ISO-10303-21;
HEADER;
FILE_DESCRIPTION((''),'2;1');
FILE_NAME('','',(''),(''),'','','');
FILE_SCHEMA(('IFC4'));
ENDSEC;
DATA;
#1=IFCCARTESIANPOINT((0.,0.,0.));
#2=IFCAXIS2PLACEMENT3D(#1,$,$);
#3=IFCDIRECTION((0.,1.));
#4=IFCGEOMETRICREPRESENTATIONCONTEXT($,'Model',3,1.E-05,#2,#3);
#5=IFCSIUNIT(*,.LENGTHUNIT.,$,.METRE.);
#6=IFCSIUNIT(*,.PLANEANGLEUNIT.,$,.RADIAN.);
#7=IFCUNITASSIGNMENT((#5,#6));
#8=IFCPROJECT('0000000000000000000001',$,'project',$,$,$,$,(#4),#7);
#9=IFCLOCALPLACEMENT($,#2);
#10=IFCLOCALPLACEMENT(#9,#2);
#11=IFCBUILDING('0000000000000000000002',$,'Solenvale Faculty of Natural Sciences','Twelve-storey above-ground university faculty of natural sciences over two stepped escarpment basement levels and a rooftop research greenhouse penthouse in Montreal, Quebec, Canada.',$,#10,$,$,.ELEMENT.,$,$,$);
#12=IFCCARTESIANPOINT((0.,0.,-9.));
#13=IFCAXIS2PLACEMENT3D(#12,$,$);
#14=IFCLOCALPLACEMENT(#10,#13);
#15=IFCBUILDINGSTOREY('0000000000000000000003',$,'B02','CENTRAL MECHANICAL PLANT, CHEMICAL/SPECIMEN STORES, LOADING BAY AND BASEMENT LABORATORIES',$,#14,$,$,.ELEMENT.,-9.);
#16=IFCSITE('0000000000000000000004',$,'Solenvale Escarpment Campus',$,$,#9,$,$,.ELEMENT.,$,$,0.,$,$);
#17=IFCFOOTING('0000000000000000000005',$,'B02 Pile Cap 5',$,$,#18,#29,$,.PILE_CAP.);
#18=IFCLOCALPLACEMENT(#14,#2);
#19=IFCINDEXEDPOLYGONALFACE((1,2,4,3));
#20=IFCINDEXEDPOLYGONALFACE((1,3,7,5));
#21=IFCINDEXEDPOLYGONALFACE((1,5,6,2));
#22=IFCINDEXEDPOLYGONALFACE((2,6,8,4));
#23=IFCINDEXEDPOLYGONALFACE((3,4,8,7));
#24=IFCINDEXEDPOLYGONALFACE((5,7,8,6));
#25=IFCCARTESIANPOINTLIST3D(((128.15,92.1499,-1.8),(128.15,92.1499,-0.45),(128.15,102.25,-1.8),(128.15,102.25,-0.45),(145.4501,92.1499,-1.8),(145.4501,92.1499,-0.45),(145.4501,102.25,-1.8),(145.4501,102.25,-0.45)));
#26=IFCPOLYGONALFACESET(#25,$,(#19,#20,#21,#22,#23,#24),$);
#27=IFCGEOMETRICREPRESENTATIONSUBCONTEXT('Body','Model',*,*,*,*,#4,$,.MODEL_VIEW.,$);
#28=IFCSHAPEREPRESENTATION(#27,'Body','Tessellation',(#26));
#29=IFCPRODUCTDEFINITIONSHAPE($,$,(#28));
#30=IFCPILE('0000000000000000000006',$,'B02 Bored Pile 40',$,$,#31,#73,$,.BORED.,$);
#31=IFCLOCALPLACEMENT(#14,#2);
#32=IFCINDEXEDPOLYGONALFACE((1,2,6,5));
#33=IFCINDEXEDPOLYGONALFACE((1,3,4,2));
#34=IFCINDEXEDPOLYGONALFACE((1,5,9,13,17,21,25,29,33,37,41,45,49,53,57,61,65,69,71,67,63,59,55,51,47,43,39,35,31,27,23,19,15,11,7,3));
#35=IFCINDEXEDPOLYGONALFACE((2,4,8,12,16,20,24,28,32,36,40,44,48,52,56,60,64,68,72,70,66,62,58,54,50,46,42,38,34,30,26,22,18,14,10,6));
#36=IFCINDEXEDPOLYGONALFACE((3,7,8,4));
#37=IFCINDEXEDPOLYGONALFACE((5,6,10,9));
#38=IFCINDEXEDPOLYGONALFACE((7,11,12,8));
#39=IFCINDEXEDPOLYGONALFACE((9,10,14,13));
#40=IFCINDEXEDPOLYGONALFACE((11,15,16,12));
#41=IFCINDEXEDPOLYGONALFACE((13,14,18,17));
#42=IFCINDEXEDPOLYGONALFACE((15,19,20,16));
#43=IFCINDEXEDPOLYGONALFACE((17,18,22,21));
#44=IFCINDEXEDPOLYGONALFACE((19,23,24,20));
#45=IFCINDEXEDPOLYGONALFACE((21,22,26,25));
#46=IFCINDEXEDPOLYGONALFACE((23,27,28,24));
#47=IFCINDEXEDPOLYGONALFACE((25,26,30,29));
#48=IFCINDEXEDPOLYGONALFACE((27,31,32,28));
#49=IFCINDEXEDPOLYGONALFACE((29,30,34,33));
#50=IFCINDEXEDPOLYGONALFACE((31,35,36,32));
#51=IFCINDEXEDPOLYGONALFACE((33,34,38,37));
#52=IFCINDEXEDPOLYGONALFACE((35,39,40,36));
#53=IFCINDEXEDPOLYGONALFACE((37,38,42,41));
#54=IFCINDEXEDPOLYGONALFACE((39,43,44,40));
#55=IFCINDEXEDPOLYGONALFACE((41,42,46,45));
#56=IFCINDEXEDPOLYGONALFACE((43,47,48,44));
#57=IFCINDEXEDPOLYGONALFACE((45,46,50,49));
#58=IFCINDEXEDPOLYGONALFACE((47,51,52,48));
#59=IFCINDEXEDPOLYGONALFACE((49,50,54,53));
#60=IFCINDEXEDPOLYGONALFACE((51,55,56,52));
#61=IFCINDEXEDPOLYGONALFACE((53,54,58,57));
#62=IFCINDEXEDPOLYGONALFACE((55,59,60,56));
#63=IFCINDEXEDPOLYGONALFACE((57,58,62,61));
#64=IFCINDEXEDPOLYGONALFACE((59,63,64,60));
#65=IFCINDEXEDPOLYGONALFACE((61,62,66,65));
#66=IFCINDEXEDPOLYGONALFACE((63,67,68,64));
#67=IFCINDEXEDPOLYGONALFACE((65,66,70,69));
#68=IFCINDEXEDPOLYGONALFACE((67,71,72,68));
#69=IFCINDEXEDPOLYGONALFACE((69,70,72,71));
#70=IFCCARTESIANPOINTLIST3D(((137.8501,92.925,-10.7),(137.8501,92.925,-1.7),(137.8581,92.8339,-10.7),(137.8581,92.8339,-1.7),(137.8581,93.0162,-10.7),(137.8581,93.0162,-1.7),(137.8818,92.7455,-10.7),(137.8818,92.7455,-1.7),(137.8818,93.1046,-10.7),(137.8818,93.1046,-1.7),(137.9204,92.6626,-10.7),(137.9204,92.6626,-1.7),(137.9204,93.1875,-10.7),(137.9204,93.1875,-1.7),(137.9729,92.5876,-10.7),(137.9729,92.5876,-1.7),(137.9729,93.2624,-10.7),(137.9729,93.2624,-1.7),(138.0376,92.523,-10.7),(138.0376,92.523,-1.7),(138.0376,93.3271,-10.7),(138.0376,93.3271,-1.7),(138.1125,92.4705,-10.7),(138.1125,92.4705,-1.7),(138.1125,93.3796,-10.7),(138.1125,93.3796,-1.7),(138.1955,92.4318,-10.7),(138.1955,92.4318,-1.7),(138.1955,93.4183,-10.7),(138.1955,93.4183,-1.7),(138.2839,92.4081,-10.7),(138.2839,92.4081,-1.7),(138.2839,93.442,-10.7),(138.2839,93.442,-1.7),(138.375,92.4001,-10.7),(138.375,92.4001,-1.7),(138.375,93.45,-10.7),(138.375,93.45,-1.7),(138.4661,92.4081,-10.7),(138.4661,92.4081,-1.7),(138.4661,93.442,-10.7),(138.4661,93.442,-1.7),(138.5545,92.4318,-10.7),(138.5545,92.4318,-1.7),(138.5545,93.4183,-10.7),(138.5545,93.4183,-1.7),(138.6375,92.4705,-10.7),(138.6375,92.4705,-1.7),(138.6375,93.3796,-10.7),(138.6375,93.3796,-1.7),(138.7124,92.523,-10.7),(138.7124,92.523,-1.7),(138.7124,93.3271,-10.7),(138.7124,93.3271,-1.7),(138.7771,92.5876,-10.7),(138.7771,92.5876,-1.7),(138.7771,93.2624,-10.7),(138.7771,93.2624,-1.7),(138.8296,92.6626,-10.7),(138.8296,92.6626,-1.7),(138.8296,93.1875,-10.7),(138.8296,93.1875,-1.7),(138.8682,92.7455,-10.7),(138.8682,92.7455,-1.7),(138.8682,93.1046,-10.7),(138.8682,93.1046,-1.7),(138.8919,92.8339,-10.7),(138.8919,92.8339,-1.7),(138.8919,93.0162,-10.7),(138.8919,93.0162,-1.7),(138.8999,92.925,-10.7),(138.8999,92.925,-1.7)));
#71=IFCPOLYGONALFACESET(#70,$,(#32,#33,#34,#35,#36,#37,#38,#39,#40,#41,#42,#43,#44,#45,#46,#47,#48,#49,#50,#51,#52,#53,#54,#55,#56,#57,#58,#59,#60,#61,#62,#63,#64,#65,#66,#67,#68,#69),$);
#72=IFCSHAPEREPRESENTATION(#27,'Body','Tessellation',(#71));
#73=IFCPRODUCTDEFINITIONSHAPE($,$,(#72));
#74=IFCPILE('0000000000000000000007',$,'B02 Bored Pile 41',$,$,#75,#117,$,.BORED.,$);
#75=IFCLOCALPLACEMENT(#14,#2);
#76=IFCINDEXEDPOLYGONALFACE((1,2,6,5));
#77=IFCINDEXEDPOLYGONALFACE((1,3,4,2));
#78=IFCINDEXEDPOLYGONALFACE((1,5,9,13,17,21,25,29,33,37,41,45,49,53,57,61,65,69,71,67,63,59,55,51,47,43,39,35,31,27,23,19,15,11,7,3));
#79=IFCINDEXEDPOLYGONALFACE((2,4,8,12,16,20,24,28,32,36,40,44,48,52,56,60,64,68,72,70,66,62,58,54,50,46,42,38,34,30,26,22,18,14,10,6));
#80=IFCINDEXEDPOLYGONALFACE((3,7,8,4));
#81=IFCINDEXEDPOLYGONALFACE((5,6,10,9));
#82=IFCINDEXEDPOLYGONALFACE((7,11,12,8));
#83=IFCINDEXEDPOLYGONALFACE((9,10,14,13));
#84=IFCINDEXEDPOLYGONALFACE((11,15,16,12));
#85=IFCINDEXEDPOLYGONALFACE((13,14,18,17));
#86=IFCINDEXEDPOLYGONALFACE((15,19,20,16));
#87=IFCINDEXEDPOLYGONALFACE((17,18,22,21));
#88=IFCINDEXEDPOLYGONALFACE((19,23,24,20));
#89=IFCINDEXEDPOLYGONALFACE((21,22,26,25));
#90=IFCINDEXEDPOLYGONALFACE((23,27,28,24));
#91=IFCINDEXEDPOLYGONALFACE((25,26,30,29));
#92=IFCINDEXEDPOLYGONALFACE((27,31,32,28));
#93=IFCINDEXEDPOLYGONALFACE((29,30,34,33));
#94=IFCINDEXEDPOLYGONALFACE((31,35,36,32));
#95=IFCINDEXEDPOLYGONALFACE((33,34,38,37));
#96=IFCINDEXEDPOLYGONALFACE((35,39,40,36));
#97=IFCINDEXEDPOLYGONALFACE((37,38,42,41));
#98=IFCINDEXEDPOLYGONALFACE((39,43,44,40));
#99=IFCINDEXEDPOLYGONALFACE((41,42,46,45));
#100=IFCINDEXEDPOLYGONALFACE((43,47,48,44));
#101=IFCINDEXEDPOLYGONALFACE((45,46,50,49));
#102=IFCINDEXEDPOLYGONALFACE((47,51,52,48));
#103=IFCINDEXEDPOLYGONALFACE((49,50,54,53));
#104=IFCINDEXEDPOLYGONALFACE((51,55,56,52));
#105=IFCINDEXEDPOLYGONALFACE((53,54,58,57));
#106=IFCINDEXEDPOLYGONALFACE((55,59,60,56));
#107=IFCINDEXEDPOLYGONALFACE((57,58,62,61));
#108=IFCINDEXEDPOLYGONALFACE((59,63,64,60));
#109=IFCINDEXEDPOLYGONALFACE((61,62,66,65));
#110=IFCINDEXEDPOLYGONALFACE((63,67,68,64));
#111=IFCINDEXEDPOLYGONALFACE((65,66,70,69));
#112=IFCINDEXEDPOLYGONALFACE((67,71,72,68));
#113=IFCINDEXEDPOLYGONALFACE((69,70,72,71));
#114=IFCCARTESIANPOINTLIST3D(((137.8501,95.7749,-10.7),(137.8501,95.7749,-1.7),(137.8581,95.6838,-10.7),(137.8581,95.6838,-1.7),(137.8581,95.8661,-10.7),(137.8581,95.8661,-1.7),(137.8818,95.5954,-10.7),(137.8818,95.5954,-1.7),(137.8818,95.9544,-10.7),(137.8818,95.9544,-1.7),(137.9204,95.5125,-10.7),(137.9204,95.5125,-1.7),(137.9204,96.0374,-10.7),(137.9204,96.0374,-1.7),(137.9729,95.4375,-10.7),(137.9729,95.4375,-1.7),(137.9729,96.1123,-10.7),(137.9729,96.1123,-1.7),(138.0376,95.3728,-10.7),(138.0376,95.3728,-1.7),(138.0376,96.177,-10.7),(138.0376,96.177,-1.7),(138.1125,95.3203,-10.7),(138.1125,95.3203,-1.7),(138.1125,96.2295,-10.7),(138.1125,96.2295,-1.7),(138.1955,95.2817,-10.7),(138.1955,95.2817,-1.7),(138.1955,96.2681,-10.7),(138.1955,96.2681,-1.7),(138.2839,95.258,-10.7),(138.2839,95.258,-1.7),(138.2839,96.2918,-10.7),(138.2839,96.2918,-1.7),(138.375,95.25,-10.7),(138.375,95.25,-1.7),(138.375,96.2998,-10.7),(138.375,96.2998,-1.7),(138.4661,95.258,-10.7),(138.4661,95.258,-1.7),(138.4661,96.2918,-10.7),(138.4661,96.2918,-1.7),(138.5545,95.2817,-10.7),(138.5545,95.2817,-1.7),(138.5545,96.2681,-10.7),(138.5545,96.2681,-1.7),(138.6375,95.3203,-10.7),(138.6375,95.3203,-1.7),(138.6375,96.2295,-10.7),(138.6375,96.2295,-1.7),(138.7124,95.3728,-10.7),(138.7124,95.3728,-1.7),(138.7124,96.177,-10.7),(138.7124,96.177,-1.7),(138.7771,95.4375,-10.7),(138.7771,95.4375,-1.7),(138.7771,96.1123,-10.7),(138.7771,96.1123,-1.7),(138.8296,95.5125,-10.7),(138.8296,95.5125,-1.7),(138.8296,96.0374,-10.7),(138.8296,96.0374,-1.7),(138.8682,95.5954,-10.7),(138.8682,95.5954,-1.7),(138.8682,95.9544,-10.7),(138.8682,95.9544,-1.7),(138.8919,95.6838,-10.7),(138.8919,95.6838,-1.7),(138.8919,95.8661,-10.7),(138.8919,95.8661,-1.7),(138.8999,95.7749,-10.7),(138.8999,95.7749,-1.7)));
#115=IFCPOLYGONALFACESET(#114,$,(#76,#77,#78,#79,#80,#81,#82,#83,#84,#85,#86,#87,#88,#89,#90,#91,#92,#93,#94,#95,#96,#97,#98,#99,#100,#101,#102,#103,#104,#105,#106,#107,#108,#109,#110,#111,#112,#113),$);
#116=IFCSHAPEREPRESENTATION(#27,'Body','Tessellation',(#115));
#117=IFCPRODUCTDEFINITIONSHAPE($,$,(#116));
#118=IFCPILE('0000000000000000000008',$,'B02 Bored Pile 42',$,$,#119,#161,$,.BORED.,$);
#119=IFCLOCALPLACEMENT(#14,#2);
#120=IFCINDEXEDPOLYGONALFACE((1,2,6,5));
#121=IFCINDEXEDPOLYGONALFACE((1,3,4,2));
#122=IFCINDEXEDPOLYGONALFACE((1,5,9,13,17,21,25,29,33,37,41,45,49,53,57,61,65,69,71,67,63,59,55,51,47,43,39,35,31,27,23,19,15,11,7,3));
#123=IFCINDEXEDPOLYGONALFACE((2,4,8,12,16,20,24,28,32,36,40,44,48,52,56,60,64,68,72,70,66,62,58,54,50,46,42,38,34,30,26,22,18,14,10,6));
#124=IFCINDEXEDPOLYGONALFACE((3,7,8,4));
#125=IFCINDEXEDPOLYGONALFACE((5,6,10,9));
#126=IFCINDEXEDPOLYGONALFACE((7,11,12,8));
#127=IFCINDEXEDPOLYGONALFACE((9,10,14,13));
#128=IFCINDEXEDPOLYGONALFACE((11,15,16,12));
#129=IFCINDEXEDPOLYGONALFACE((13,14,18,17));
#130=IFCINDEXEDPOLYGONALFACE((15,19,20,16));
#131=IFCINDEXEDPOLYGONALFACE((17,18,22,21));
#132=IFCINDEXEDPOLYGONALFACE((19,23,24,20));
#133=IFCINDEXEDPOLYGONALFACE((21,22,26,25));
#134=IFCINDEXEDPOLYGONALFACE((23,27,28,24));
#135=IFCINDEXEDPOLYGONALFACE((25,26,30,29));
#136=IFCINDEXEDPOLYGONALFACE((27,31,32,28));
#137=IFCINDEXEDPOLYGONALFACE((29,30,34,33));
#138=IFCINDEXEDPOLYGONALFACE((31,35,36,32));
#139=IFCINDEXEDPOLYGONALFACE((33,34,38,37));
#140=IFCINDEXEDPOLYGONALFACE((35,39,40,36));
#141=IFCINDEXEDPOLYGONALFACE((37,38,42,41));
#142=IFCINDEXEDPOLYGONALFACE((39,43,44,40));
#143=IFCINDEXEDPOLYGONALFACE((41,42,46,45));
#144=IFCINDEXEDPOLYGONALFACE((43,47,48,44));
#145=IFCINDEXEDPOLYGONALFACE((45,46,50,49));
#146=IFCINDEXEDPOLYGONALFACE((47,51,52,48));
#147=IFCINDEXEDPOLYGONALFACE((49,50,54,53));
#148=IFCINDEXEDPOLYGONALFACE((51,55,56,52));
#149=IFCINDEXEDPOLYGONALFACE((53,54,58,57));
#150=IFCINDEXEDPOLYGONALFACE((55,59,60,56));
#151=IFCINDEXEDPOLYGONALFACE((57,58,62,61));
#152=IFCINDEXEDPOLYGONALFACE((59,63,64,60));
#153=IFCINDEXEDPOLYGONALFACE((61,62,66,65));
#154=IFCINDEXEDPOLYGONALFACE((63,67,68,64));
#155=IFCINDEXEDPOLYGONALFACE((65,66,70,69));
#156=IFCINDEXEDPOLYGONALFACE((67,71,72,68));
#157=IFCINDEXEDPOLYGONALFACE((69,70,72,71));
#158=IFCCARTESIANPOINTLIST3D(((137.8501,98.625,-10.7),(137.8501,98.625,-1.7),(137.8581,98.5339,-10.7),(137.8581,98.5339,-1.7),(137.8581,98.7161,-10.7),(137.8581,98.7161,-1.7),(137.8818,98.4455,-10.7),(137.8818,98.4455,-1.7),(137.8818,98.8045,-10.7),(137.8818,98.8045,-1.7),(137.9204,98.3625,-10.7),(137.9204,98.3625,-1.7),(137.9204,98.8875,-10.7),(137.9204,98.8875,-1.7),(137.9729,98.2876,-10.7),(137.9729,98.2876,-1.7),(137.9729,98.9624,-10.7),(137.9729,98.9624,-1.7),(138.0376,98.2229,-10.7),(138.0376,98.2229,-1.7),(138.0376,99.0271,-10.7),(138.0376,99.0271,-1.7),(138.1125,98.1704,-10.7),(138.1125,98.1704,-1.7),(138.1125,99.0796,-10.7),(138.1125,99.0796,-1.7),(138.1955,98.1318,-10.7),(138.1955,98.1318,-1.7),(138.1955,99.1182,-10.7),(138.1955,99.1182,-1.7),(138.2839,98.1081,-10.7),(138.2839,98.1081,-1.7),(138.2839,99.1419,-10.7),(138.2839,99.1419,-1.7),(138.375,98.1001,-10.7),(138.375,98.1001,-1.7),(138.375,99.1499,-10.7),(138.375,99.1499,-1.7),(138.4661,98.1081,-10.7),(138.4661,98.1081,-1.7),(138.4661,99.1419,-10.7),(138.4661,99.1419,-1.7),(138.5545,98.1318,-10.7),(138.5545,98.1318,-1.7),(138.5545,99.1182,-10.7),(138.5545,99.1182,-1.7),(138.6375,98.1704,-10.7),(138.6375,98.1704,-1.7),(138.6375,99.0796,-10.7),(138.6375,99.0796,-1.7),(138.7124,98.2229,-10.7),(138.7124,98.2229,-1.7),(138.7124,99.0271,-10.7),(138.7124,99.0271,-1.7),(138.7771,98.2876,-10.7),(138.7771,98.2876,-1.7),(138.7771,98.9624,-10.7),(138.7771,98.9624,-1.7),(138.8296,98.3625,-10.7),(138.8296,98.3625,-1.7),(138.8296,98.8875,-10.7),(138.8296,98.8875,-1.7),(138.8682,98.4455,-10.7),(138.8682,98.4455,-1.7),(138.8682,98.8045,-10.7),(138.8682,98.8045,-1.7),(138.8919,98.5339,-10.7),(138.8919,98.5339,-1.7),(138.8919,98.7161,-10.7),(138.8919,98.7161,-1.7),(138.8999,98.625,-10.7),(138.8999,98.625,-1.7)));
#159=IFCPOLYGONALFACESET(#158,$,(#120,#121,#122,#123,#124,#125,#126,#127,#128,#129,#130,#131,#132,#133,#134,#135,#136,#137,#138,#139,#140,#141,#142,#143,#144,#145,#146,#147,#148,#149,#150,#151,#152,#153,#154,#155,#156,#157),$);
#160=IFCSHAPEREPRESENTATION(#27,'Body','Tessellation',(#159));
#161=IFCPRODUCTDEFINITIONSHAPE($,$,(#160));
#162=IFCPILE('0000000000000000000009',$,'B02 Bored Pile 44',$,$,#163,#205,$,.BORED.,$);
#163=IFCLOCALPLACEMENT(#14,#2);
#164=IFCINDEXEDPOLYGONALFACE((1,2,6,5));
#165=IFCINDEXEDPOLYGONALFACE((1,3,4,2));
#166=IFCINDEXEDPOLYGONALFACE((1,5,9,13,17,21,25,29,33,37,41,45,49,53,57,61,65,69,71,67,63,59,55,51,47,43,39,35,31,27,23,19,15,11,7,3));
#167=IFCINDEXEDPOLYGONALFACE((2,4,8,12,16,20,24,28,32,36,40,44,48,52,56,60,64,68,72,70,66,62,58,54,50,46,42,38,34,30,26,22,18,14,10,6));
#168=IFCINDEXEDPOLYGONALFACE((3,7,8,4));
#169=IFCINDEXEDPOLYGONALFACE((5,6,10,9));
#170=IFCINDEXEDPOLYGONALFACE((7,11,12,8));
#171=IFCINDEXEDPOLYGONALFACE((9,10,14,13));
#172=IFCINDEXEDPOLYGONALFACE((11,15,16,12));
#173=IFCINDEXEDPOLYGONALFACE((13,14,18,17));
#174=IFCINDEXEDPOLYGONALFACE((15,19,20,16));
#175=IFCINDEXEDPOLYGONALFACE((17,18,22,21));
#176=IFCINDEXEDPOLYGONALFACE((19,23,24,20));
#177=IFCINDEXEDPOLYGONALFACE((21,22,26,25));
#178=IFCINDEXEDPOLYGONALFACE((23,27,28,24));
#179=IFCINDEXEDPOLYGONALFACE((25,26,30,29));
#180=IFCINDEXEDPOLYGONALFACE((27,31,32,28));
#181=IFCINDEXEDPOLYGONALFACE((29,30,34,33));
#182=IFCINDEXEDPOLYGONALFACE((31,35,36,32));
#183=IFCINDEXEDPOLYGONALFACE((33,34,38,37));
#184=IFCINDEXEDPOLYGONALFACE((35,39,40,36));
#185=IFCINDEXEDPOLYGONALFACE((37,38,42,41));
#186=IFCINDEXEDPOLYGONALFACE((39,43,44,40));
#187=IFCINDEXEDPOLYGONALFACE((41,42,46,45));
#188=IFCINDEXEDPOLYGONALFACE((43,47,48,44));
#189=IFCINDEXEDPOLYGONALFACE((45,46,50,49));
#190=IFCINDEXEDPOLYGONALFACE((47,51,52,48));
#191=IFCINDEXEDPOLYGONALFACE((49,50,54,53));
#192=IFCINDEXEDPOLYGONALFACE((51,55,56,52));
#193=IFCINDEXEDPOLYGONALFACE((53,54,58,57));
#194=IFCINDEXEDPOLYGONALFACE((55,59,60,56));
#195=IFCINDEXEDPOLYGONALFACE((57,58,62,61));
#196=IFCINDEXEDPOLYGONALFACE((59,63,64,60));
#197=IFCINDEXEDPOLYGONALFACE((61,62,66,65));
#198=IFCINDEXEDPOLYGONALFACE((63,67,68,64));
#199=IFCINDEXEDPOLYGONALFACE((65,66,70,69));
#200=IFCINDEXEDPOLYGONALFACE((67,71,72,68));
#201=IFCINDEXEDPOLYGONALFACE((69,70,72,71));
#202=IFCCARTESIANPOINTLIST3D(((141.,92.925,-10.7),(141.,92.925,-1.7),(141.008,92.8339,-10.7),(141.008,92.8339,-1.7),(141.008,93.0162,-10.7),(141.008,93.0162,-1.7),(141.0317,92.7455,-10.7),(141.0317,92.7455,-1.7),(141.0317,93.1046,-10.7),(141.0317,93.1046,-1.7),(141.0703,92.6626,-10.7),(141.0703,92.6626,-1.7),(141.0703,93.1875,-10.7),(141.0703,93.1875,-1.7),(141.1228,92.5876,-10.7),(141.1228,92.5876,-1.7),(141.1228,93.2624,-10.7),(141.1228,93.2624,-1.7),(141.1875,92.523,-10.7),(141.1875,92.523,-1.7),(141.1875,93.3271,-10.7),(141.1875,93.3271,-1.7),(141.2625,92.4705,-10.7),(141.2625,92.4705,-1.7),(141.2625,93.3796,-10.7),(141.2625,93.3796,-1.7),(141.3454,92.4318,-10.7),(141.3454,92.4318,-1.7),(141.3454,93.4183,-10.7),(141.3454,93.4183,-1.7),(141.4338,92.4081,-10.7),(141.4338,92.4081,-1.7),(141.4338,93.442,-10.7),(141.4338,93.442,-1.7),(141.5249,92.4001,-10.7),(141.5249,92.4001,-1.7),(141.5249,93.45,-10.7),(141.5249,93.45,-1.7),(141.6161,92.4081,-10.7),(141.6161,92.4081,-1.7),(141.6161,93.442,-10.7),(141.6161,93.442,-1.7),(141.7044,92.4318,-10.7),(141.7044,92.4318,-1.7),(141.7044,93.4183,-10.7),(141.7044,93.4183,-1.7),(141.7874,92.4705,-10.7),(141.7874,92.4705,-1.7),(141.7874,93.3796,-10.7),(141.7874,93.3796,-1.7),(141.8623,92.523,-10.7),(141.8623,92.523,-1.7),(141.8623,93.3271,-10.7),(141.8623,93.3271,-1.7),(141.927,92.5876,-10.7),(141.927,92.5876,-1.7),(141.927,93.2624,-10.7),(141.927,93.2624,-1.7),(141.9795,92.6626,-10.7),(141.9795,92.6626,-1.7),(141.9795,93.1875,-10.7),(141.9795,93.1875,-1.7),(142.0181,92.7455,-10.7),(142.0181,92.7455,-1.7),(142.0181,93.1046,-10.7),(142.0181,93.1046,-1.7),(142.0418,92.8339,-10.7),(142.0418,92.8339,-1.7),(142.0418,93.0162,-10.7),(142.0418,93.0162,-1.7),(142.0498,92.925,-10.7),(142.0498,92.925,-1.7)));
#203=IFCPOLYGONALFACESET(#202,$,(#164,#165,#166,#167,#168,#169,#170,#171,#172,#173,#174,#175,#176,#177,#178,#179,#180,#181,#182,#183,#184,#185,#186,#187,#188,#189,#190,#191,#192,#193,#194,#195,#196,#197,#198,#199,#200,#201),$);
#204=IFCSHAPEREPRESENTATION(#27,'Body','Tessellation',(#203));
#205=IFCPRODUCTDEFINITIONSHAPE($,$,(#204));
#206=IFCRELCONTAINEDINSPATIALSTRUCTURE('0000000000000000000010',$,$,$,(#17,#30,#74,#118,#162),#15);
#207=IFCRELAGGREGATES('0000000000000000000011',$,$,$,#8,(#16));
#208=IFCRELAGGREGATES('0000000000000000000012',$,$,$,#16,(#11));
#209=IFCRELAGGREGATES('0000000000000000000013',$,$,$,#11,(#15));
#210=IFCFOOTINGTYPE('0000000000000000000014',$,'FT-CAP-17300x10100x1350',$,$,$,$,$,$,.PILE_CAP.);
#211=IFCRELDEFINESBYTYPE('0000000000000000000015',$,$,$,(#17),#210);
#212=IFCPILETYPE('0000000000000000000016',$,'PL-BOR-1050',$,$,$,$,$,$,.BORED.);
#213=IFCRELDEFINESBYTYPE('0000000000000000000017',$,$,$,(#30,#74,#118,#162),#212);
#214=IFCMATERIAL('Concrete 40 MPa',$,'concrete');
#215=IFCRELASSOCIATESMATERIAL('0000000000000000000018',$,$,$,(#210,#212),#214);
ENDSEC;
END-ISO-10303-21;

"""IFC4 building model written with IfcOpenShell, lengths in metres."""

from ifc_helpers import new_model, si_unit, direction, frame, origin, origin_2d, place, context, subcontext, project, spatial, rectangle, circle, extrude, material, material_profile, profile_set, type_object, element, save


model = new_model("IFC4")

# Units and contexts
model_context = context("Model", 3, precision=1e-05, world=origin(), true_north=direction((0.0, 1.0)))
body_context = subcontext(model_context, "Body", "Model", "MODEL_VIEW")
ifc_project = project(units=[si_unit("LENGTHUNIT", "METRE"), si_unit("PLANEANGLEUNIT", "RADIAN")], contexts=[model_context])

# Site, building, storey
site_placement = place(None, origin())
site = spatial("IfcSite", under=ifc_project, at=site_placement, Name="Solenvale Escarpment Campus", CompositionType="ELEMENT", RefElevation=0.0)
building_placement = place(site_placement, origin())
building = spatial("IfcBuilding", under=site, at=building_placement, Name="Solenvale Faculty of Natural Sciences", Description="Twelve-storey above-ground university faculty of natural sciences over two stepped escarpment basement levels and a rooftop research greenhouse penthouse in Montreal, Quebec, Canada.", CompositionType="ELEMENT")
storey_placement = place(building_placement, frame((0.0, 0.0, -9.0)))
storey = spatial("IfcBuildingStorey", under=building, at=storey_placement, Name="B02", Description="CENTRAL MECHANICAL PLANT, CHEMICAL/SPECIMEN STORES, LOADING BAY AND BASEMENT LABORATORIES", CompositionType="ELEMENT", Elevation=-9.0)

# Footing
ifc_material_1 = material(Name="Concrete 40 MPa", Category="concrete")
footing_type = type_object("IfcFootingType", Name="FT-CAP-17300x10100x1350", PredefinedType="PILE_CAP", material=ifc_material_1)
footing_placement = place(storey_placement, frame((136.8, 97.2, -1.8), z_axis=(0.0, 0.0, 1.0), x_axis=(1.0, 0.0, 0.0)))
element("IfcFooting", 1, at=footing_placement, inside=storey, type_object=footing_type, Name="B02 Pile Cap 5", PredefinedType="PILE_CAP", context=body_context, shape_type="SweptSolid", body=[
    extrude(rectangle(XDim=17.3, YDim=10.1001, at=origin_2d()), origin(), (0.0, 0.0, 1.0), 1.3501),
])

# Piles
ifc_material_profile_1 = material_profile(ifc_material_1, circle(Radius=0.5249, at=origin_2d()), Name="PILE-D1050")
ifc_profile_set_1 = profile_set([ifc_material_profile_1], Name="Concrete 40 MPa")
pile_type = type_object("IfcPileType", Name="PL-BOR-1050", PredefinedType="BORED", material=ifc_profile_set_1)
for number, where, z_axis, x_axis, name in (
    (2, (138.375, 92.925, -1.7), (0.0, 0.0, -1.0), (1.0, 0.0, 0.0), "B02 Bored Pile 40"),
    (3, (138.375, 95.7749, -1.7), (0.0, 0.0, -1.0), (1.0, 0.0, 0.0), "B02 Bored Pile 41"),
    (4, (138.375, 98.625, -1.7), (0.0, 0.0, -1.0), (1.0, 0.0, 0.0), "B02 Bored Pile 42"),
    (5, (141.5249, 92.925, -1.7), (0.0, 0.0, -1.0), (1.0, 0.0, 0.0), "B02 Bored Pile 44"),
):
    element("IfcPile", number, at=place(storey_placement, frame(where, z_axis=z_axis, x_axis=x_axis)), inside=storey, type_object=pile_type, Name=name, PredefinedType="BORED", context=body_context, shape_type="SweptSolid", body=[
        extrude(circle(Radius=0.5249, at=origin_2d()), origin(), (0.0, 0.0, 1.0), 9.0),
    ])

save(model, "model.ifc")
